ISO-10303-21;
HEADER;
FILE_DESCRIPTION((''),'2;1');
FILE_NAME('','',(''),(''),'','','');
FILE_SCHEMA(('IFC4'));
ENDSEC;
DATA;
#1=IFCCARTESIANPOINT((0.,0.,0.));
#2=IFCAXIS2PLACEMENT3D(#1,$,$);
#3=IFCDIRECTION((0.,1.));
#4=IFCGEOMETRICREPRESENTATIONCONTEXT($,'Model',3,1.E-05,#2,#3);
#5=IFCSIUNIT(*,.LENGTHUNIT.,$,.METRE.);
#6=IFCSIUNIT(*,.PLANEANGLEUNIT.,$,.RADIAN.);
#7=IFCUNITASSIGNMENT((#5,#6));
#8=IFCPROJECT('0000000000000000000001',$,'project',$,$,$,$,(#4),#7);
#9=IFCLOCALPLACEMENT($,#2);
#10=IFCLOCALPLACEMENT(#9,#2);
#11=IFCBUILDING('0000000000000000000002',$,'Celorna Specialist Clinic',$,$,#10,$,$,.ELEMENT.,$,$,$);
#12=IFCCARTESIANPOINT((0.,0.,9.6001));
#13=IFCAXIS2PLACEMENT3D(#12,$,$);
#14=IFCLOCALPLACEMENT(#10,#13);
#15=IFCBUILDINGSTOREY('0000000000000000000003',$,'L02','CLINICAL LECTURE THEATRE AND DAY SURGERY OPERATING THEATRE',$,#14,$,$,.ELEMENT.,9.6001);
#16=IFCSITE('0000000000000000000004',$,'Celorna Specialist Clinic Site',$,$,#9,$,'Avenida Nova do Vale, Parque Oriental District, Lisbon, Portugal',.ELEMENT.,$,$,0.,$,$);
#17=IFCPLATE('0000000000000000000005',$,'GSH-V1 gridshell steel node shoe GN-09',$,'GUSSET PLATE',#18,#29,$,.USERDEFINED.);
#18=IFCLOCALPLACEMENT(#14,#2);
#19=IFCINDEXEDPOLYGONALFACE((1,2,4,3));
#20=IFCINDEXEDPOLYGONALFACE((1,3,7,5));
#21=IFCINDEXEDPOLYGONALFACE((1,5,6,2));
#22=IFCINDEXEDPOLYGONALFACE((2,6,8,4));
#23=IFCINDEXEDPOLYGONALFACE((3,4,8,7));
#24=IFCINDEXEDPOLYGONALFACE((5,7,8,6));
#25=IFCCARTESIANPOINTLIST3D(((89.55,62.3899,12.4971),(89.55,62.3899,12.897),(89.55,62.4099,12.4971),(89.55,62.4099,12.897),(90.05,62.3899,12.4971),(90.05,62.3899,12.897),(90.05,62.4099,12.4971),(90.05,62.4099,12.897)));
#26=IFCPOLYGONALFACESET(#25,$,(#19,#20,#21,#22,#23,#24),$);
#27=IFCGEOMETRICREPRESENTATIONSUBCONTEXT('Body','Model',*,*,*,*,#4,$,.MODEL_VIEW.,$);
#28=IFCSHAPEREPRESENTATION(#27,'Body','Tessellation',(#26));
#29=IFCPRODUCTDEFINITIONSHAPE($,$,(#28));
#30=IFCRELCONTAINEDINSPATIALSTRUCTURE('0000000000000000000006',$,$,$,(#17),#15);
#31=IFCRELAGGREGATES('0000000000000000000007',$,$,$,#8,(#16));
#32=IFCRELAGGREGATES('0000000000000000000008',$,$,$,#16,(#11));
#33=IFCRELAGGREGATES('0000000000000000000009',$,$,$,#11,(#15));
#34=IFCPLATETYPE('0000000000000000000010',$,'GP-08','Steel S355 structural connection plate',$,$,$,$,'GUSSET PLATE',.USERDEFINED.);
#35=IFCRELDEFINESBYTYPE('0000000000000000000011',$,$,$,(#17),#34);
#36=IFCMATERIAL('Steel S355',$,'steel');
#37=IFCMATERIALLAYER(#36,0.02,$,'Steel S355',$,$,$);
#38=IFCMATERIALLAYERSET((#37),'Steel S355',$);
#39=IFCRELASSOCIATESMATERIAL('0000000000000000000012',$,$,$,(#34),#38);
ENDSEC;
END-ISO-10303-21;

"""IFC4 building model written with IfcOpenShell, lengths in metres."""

from ifc_helpers import new_model, si_unit, direction, frame, origin, origin_2d, place, context, subcontext, project, spatial, rectangle, extrude, material, layer, layer_set, type_object, element, save


model = new_model("IFC4")

# Units and contexts
model_context = context("Model", 3, precision=1e-05, world=origin(), true_north=direction((0.0, 1.0)))
body_context = subcontext(model_context, "Body", "Model", "MODEL_VIEW")
ifc_project = project(units=[si_unit("LENGTHUNIT", "METRE"), si_unit("PLANEANGLEUNIT", "RADIAN")], contexts=[model_context])

# Site, building, storey
site_placement = place(None, origin())
site = spatial("IfcSite", under=ifc_project, at=site_placement, Name="Celorna Specialist Clinic Site", LongName="Avenida Nova do Vale, Parque Oriental District, Lisbon, Portugal", CompositionType="ELEMENT", RefElevation=0.0)
building_placement = place(site_placement, origin())
building = spatial("IfcBuilding", under=site, at=building_placement, Name="Celorna Specialist Clinic", CompositionType="ELEMENT")
storey_placement = place(building_placement, frame((0.0, 0.0, 9.6001)))
storey = spatial("IfcBuildingStorey", under=building, at=storey_placement, Name="L02", Description="CLINICAL LECTURE THEATRE AND DAY SURGERY OPERATING THEATRE", CompositionType="ELEMENT", Elevation=9.6001)

# Shared definitions
ifc_material_1 = material(Name="Steel S355", Category="steel")

# Plate
ifc_layer_1 = layer(ifc_material_1, 0.02, Name="Steel S355")
ifc_layer_set_1 = layer_set([ifc_layer_1], Name="Steel S355")
plate_type_1 = type_object("IfcPlateType", Name="GP-08", Description="Steel S355 structural connection plate", ElementType="GUSSET PLATE", PredefinedType="USERDEFINED", material=ifc_layer_set_1)
plate_1_placement = place(storey_placement, frame((89.8, 62.3999, 12.4971), z_axis=(0.0, 0.0, 1.0), x_axis=(1.0, 0.0, 0.0)))
element("IfcPlate", 1, at=plate_1_placement, inside=storey, type_object=plate_type_1, Name="GSH-V1 gridshell steel node shoe GN-09", ObjectType="GUSSET PLATE", PredefinedType="USERDEFINED", context=body_context, shape_type="SweptSolid", body=[
    extrude(rectangle(XDim=0.5, YDim=0.02, at=origin_2d()), origin(), (0.0, 0.0, 1.0), 0.3999),
])

save(model, "model.ifc")
